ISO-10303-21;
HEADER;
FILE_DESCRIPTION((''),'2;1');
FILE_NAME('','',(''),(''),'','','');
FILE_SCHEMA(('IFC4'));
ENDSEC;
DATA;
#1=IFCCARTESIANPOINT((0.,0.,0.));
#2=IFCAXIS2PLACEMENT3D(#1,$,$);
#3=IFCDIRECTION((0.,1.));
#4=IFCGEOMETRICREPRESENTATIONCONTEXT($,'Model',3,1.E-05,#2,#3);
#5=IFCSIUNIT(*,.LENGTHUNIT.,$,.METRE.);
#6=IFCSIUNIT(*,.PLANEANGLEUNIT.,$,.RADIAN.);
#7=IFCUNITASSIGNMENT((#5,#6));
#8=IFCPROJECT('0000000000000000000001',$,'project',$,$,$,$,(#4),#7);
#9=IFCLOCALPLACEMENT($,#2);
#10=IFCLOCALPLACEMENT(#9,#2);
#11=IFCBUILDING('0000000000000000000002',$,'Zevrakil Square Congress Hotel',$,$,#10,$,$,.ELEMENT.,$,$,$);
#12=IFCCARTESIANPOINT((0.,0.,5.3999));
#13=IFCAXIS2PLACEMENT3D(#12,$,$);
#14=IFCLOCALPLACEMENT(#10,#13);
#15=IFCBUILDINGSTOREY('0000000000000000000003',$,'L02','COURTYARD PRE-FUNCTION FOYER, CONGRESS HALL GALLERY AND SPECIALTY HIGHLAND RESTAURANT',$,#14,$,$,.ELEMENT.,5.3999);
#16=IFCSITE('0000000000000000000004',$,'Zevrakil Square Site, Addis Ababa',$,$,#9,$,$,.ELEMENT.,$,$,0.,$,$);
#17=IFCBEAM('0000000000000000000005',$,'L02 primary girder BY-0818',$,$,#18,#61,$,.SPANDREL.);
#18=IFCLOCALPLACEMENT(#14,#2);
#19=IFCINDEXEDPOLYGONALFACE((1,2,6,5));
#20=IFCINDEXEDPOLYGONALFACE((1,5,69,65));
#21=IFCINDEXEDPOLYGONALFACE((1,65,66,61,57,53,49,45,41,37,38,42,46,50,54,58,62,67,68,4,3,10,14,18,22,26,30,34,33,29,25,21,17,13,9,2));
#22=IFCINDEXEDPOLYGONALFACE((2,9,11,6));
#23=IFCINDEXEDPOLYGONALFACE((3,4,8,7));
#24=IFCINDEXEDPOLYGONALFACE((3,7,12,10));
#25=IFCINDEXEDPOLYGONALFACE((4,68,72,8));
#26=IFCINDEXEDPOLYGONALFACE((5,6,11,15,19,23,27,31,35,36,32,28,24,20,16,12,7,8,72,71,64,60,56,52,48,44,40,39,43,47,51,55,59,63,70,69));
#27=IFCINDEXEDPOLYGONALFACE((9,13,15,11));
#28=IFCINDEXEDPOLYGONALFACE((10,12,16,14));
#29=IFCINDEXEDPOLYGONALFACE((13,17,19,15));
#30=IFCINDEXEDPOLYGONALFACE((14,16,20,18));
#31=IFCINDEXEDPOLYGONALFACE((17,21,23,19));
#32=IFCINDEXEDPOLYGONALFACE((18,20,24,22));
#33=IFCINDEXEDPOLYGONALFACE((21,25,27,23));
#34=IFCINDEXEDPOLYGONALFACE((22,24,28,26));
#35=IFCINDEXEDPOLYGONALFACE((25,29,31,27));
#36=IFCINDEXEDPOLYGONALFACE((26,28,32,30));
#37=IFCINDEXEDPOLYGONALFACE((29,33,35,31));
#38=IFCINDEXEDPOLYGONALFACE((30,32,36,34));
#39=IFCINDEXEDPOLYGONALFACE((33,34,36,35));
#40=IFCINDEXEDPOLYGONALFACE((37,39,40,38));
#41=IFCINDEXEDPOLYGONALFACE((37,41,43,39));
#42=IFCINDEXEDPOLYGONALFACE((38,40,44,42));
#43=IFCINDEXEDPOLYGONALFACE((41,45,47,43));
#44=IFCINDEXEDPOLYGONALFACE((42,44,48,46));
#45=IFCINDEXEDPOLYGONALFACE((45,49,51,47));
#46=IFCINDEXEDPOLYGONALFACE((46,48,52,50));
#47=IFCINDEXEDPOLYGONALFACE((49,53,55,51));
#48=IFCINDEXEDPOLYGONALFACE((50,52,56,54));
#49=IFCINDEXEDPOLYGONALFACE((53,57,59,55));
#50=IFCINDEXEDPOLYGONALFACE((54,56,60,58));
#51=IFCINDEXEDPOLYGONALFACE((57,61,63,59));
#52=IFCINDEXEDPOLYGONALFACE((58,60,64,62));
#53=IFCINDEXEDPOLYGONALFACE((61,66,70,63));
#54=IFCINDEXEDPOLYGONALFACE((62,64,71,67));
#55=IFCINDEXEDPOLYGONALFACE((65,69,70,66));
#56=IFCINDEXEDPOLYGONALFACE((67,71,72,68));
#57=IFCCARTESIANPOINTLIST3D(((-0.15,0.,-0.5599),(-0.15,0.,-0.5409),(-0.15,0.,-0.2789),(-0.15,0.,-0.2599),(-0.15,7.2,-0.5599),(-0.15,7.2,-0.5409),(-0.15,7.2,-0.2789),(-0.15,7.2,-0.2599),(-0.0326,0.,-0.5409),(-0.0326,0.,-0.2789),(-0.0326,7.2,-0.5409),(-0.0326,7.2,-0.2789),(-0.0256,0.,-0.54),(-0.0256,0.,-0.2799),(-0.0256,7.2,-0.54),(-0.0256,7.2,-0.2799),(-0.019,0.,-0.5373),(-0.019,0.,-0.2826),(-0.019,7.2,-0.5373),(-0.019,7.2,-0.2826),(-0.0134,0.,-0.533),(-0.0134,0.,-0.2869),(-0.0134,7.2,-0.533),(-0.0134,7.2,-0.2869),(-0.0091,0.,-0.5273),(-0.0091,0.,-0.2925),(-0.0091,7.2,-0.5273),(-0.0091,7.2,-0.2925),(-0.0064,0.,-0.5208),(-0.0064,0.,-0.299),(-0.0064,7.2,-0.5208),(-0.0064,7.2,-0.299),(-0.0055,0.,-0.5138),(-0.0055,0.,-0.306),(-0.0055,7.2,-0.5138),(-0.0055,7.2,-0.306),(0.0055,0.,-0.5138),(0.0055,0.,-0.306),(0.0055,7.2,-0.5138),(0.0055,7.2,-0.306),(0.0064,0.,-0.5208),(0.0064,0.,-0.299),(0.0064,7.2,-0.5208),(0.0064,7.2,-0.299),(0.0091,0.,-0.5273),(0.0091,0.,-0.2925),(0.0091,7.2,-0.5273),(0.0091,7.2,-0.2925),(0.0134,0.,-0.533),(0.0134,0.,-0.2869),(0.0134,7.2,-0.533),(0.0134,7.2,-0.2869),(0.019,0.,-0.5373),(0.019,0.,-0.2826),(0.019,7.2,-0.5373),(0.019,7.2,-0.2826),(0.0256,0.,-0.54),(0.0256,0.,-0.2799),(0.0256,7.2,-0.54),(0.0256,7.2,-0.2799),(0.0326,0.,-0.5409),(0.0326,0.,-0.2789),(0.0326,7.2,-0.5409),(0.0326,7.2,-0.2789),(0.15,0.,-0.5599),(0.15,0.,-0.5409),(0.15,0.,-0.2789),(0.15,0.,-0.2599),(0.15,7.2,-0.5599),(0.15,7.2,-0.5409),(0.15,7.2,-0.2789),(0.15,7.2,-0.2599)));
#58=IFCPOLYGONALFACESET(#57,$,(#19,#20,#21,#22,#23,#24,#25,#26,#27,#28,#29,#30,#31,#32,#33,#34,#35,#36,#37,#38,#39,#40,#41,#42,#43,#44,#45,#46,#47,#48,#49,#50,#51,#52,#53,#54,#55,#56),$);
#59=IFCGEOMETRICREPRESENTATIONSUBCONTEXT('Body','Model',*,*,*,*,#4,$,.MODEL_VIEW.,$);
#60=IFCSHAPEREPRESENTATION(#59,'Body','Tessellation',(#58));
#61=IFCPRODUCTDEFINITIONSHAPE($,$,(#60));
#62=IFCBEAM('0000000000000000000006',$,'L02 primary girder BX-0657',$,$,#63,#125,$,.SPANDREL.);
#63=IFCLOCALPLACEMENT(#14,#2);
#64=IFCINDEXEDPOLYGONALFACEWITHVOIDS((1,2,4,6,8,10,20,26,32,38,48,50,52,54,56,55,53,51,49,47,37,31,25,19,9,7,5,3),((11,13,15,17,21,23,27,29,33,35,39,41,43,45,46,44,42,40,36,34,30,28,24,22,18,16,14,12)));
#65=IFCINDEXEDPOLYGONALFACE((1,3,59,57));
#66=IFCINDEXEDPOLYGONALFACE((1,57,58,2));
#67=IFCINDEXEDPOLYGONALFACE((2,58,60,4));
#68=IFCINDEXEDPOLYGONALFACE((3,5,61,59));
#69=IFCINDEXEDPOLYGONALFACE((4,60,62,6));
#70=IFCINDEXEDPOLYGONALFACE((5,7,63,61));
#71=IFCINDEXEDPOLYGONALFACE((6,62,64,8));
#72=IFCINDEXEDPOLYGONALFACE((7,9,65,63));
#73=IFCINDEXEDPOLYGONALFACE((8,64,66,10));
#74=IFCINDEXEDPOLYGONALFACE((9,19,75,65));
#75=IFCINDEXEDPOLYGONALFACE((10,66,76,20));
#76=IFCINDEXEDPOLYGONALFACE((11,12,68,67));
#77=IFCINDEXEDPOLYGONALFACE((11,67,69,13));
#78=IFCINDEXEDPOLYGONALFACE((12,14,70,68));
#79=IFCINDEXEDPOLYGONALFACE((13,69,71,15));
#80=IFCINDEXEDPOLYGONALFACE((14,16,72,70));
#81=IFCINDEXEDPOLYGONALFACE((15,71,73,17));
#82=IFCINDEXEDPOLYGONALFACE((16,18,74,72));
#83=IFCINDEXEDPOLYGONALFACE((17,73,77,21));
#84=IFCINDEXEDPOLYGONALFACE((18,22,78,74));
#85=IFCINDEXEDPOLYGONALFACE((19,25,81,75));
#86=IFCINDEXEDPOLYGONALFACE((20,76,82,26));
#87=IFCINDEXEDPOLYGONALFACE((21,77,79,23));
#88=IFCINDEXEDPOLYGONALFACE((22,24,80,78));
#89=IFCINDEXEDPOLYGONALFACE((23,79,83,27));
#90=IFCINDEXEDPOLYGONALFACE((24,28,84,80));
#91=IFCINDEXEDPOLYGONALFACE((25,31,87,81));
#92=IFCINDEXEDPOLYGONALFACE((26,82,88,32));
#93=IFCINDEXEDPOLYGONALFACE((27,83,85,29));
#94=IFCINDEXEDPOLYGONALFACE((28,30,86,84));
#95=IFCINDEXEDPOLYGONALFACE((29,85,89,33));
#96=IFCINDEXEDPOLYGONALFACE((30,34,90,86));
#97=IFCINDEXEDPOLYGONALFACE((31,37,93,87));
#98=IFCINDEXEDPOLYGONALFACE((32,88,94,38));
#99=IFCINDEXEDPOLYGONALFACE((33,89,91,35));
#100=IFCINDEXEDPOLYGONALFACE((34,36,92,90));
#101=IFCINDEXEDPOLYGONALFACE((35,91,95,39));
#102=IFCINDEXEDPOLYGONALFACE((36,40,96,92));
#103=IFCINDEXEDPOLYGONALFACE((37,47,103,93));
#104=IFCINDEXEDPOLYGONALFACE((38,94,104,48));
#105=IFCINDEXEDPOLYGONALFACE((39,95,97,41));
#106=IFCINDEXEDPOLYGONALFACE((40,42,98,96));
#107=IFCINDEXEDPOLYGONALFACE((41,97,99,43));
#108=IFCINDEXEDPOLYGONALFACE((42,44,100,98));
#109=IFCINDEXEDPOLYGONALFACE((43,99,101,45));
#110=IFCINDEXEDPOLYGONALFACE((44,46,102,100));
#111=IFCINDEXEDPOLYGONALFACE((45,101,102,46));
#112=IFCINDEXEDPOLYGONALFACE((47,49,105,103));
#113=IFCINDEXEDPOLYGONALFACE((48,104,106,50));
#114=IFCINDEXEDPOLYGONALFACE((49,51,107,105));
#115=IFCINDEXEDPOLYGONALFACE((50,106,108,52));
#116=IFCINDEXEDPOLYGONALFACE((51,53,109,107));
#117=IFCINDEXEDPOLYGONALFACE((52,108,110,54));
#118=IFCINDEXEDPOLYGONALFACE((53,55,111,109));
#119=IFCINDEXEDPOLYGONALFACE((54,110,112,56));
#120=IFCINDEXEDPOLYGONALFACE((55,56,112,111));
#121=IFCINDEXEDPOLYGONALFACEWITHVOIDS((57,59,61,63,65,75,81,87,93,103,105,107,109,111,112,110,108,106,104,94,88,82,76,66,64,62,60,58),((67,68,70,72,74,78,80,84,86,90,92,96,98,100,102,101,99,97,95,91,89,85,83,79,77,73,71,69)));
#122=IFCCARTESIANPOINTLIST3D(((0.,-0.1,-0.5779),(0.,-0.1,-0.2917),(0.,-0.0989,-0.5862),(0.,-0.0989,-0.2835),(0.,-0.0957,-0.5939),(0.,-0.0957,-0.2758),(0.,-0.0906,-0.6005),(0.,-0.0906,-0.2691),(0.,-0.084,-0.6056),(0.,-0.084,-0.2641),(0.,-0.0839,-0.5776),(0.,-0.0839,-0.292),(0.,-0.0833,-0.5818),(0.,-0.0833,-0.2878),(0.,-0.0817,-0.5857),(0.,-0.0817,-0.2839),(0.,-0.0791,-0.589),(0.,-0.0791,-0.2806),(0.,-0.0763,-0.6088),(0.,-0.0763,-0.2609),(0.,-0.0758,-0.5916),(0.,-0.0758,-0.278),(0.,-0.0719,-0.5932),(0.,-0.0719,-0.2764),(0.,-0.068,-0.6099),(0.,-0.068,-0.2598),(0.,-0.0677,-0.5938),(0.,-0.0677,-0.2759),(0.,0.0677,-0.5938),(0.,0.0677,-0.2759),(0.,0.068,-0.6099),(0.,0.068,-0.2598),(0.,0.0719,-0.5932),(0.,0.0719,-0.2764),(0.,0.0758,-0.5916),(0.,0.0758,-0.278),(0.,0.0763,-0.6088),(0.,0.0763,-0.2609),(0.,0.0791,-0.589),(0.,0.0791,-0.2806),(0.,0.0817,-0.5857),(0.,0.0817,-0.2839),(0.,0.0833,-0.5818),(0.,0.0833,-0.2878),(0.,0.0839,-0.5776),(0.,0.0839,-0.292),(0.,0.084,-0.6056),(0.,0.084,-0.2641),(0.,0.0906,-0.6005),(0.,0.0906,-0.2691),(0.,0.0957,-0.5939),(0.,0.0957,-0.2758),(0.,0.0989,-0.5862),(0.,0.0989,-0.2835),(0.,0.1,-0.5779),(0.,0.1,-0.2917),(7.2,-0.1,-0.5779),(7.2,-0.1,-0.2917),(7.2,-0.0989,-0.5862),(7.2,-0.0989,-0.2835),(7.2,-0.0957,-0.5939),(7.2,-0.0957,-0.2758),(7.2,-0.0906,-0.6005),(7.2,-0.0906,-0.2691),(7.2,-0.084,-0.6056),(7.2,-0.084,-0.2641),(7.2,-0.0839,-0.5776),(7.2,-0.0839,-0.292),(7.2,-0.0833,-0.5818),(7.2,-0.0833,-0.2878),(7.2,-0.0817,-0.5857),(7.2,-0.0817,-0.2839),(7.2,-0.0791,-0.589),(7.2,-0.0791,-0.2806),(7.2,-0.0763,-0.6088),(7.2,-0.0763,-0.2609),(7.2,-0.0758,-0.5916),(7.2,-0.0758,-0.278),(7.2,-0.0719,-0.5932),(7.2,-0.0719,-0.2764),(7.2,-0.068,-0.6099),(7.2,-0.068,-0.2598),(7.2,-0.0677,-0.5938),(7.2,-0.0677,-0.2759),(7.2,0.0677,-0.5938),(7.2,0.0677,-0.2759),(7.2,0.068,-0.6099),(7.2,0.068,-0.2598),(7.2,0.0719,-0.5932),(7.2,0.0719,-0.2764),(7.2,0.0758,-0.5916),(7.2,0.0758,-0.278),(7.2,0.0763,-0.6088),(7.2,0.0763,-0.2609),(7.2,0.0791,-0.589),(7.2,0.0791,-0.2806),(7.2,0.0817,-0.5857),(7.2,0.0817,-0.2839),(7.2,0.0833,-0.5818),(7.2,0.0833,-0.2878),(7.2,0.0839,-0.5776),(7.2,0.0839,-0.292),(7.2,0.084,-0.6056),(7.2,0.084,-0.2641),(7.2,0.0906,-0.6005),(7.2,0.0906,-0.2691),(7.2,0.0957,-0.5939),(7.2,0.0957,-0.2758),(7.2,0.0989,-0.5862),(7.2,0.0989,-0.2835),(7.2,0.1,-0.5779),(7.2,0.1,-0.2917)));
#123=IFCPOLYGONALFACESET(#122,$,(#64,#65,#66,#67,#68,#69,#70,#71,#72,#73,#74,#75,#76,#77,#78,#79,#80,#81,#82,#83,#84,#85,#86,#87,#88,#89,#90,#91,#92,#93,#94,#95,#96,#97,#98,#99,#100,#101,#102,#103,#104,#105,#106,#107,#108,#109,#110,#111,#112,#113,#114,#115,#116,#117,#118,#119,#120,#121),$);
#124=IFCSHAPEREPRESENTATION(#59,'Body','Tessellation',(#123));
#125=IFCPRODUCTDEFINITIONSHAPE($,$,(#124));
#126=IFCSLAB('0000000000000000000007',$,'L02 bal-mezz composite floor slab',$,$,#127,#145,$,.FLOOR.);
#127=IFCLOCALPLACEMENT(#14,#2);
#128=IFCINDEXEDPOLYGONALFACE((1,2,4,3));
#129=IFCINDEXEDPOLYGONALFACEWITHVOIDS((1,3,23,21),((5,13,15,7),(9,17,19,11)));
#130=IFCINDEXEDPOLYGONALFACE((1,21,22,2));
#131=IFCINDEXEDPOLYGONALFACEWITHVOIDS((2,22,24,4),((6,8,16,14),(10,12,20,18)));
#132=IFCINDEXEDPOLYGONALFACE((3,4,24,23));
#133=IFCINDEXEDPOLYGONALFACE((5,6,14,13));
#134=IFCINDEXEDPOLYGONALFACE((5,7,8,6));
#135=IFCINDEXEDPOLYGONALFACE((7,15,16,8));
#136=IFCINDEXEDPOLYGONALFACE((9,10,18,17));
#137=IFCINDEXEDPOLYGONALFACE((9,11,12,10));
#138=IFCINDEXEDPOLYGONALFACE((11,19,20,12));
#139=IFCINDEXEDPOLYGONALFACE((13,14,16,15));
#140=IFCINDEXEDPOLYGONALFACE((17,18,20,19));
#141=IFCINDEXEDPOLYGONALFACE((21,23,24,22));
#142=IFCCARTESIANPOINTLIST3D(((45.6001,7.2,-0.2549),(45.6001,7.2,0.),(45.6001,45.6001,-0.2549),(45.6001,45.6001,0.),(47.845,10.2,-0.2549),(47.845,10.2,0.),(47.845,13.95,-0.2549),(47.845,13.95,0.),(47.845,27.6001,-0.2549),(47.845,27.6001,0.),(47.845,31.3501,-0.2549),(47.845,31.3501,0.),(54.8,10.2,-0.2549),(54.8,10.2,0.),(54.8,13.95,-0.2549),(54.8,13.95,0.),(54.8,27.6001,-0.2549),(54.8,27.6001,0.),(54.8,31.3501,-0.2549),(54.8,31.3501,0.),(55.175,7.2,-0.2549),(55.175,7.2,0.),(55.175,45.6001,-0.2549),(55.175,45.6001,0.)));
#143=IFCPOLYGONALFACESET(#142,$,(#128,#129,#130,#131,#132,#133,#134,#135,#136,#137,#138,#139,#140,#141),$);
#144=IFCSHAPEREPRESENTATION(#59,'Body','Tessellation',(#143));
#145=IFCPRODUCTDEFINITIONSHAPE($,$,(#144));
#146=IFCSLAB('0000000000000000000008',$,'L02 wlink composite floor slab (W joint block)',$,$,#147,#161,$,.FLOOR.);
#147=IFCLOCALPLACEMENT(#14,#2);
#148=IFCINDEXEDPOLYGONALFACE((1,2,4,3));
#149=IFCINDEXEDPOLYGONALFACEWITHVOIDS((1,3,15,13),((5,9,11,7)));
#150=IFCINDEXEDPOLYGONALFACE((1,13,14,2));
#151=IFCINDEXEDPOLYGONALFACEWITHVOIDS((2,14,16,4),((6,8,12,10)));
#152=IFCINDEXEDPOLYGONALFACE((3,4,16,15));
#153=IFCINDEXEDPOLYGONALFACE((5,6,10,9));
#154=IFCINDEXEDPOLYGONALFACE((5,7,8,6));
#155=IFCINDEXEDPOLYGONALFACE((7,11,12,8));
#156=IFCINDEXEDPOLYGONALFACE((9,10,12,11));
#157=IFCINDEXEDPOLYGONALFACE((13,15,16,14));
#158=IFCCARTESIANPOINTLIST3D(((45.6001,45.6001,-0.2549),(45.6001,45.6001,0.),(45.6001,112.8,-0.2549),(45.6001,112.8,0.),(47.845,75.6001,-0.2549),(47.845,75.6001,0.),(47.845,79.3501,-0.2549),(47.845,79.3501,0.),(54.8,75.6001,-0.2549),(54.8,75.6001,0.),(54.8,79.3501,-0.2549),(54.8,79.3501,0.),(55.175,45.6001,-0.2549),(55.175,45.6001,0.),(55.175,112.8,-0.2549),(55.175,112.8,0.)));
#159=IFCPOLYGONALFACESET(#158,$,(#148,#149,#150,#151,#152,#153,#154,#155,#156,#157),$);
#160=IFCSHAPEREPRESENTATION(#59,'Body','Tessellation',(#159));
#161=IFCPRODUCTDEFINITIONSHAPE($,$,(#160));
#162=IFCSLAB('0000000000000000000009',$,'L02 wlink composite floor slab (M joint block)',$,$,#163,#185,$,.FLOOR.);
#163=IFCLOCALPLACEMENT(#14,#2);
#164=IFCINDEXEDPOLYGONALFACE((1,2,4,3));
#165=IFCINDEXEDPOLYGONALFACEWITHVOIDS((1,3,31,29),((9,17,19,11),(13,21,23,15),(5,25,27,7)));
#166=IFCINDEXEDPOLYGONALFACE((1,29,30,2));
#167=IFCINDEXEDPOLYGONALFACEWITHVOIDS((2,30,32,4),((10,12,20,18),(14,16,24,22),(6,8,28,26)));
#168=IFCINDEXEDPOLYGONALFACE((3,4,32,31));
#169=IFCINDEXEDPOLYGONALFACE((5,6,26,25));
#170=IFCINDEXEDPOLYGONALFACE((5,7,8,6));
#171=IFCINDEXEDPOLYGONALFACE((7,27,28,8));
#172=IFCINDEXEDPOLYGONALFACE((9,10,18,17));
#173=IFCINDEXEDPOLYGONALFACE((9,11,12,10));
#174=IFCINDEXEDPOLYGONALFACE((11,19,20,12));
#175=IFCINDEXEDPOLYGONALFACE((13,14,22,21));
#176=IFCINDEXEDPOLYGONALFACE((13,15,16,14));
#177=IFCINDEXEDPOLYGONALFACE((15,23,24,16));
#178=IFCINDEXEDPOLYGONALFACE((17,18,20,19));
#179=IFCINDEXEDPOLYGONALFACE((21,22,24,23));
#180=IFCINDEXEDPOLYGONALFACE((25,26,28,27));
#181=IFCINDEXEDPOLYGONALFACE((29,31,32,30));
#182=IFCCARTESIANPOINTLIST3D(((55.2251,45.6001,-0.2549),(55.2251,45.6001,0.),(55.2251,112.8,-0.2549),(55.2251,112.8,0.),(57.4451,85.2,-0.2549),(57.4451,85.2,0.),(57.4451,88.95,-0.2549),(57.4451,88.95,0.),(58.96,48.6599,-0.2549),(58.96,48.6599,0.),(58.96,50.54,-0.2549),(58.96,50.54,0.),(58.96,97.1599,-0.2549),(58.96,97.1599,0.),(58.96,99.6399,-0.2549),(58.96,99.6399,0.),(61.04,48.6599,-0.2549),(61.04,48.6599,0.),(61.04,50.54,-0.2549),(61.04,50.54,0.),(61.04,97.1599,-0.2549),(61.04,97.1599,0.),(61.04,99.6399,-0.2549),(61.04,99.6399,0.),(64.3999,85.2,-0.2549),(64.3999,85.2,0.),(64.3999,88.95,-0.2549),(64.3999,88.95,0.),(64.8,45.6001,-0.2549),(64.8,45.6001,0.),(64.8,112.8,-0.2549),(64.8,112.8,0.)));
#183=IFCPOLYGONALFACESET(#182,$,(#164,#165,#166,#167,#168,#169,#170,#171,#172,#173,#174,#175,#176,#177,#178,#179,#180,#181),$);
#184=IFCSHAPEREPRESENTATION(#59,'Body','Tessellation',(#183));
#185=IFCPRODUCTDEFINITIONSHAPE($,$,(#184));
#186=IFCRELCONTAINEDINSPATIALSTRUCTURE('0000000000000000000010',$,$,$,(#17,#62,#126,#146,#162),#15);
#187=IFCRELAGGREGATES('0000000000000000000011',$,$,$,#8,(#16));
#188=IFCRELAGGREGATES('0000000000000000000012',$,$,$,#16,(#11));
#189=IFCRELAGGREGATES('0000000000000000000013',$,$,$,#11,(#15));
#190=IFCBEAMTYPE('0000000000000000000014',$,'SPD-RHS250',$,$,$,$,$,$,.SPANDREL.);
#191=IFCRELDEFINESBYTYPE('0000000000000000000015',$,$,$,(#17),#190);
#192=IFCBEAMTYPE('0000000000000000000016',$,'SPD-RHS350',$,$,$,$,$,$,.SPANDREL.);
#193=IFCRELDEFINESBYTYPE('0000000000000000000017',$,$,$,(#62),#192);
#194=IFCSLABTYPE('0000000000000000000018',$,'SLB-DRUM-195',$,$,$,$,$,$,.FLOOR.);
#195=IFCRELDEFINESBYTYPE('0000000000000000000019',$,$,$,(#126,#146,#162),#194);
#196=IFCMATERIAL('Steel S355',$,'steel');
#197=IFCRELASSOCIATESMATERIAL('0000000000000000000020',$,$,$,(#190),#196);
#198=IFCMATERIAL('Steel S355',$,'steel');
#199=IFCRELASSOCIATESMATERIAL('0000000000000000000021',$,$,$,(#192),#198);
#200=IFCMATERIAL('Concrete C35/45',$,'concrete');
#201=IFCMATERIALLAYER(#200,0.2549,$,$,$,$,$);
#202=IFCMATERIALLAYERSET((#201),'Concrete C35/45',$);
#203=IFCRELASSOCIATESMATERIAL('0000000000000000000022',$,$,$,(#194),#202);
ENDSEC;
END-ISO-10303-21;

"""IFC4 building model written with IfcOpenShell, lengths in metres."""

from ifc_helpers import new_model, si_unit, direction, frame, origin, origin_2d, place, context, subcontext, project, spatial, polyline, hollow_rectangle, i_section, outline, extrude, material, layer, layer_set, material_profile, profile_set, type_object, element, save


model = new_model("IFC4")

# Units and contexts
model_context = context("Model", 3, precision=1e-05, world=origin(), true_north=direction((0.0, 1.0)))
body_context = subcontext(model_context, "Body", "Model", "MODEL_VIEW")
ifc_project = project(units=[si_unit("LENGTHUNIT", "METRE"), si_unit("PLANEANGLEUNIT", "RADIAN")], contexts=[model_context])

# Site, building, storey
site_placement = place(None, origin())
site = spatial("IfcSite", under=ifc_project, at=site_placement, Name="Zevrakil Square Site, Addis Ababa", CompositionType="ELEMENT", RefElevation=0.0)
building_placement = place(site_placement, origin())
building = spatial("IfcBuilding", under=site, at=building_placement, Name="Zevrakil Square Congress Hotel", CompositionType="ELEMENT")
storey_placement = place(building_placement, frame((0.0, 0.0, 5.3999)))
storey = spatial("IfcBuildingStorey", under=building, at=storey_placement, Name="L02", Description="COURTYARD PRE-FUNCTION FOYER, CONGRESS HALL GALLERY AND SPECIALTY HIGHLAND RESTAURANT", CompositionType="ELEMENT", Elevation=5.3999)

# Beams
ifc_material_1 = material(Name="Steel S355", Category="steel")
ifc_material_profile_1 = material_profile(ifc_material_1, i_section(OverallWidth=0.3, OverallDepth=0.3, WebThickness=0.011, FlangeThickness=0.019, FilletRadius=0.0271, at=origin_2d()), Name="HEB 300")
ifc_profile_set_1 = profile_set([ifc_material_profile_1], Name="Steel S355")
beam_type_1 = type_object("IfcBeamType", Name="SPD-RHS250", PredefinedType="SPANDREL", material=ifc_profile_set_1)
beam_1_placement = place(storey_placement, frame((0.0, 0.0, -0.4099), z_axis=(0.0, 1.0, 0.0), x_axis=(-1.0, 0.0, 0.0)))
element("IfcBeam", 1, at=beam_1_placement, inside=storey, type_object=beam_type_1, Name="L02 primary girder BY-0818", PredefinedType="SPANDREL", context=body_context, shape_type="SweptSolid", body=[
    extrude(i_section(OverallWidth=0.3, OverallDepth=0.3, WebThickness=0.011, FlangeThickness=0.019, FilletRadius=0.0271, at=origin_2d()), origin(), (0.0, 0.0, 1.0), 7.2),
])
ifc_material_2 = material(Name="Steel S355", Category="steel")
ifc_material_profile_2 = material_profile(ifc_material_2, hollow_rectangle(XDim=0.2, YDim=0.3501, WallThickness=0.0161, InnerFilletRadius=0.0161, OuterFilletRadius=0.032, at=origin_2d()), Name="RHS 350x200x16")
ifc_profile_set_2 = profile_set([ifc_material_profile_2], Name="Steel S355")
beam_type_2 = type_object("IfcBeamType", Name="SPD-RHS350", PredefinedType="SPANDREL", material=ifc_profile_set_2)
beam_2_placement = place(storey_placement, frame((0.0, 0.0, -0.4348), z_axis=(1.0, 0.0, 0.0), x_axis=(0.0, 1.0, 0.0)))
element("IfcBeam", 2, at=beam_2_placement, inside=storey, type_object=beam_type_2, Name="L02 primary girder BX-0657", PredefinedType="SPANDREL", context=body_context, shape_type="SweptSolid", body=[
    extrude(hollow_rectangle(XDim=0.2, YDim=0.3501, WallThickness=0.0161, InnerFilletRadius=0.0161, OuterFilletRadius=0.032, at=origin_2d()), origin(), (0.0, 0.0, 1.0), 7.2),
])

# Slabs
ifc_material_3 = material(Name="Concrete C35/45", Category="concrete")
ifc_layer_1 = layer(ifc_material_3, 0.2549)
ifc_layer_set_1 = layer_set([ifc_layer_1], Name="Concrete C35/45")
slab_type_1 = type_object("IfcSlabType", Name="SLB-DRUM-195", PredefinedType="FLOOR", material=ifc_layer_set_1)
slab_1_placement = place(storey_placement, frame((0.0, 0.0, -0.2549)))
element("IfcSlab", 3, at=slab_1_placement, inside=storey, type_object=slab_type_1, Name="L02 bal-mezz composite floor slab", PredefinedType="FLOOR", context=body_context, shape_type="SweptSolid", body=[
    extrude(outline(polyline([(45.6001, 7.2), (45.6001, 45.6001), (55.175, 45.6001), (55.175, 7.2), (45.6001, 7.2)]), holes=[polyline([(47.845, 10.2), (54.8, 10.2), (54.8, 13.95), (47.845, 13.95), (47.845, 10.2)]), polyline([(47.845, 27.6001), (54.8, 27.6001), (54.8, 31.3501), (47.845, 31.3501), (47.845, 27.6001)])]), origin(), (0.0, 0.0, 1.0), 0.2549),
])
slab_2_placement = place(storey_placement, frame((0.0, 0.0, -0.2549)))
element("IfcSlab", 4, at=slab_2_placement, inside=storey, type_object=slab_type_1, Name="L02 wlink composite floor slab (W joint block)", PredefinedType="FLOOR", context=body_context, shape_type="SweptSolid", body=[
    extrude(outline(polyline([(45.6001, 45.6001), (45.6001, 112.8), (55.175, 112.8), (55.175, 45.6001), (45.6001, 45.6001)]), holes=[polyline([(47.845, 75.6001), (54.8, 75.6001), (54.8, 79.3501), (47.845, 79.3501), (47.845, 75.6001)])]), origin(), (0.0, 0.0, 1.0), 0.2549),
])
slab_3_placement = place(storey_placement, frame((0.0, 0.0, -0.2549)))
element("IfcSlab", 5, at=slab_3_placement, inside=storey, type_object=slab_type_1, Name="L02 wlink composite floor slab (M joint block)", PredefinedType="FLOOR", context=body_context, shape_type="SweptSolid", body=[
    extrude(outline(polyline([(64.8, 112.8), (64.8, 45.6001), (55.2251, 45.6001), (55.2251, 112.8), (64.8, 112.8)]), holes=[polyline([(57.4451, 85.2), (64.3999, 85.2), (64.3999, 88.95), (57.4451, 88.95), (57.4451, 85.2)]), polyline([(58.96, 48.6599), (61.04, 48.6599), (61.04, 50.54), (58.96, 50.54), (58.96, 48.6599)]), polyline([(58.96, 97.1599), (61.04, 97.1599), (61.04, 99.6399), (58.96, 99.6399), (58.96, 97.1599)])]), origin(), (0.0, 0.0, 1.0), 0.2549),
])

save(model, "model.ifc")
